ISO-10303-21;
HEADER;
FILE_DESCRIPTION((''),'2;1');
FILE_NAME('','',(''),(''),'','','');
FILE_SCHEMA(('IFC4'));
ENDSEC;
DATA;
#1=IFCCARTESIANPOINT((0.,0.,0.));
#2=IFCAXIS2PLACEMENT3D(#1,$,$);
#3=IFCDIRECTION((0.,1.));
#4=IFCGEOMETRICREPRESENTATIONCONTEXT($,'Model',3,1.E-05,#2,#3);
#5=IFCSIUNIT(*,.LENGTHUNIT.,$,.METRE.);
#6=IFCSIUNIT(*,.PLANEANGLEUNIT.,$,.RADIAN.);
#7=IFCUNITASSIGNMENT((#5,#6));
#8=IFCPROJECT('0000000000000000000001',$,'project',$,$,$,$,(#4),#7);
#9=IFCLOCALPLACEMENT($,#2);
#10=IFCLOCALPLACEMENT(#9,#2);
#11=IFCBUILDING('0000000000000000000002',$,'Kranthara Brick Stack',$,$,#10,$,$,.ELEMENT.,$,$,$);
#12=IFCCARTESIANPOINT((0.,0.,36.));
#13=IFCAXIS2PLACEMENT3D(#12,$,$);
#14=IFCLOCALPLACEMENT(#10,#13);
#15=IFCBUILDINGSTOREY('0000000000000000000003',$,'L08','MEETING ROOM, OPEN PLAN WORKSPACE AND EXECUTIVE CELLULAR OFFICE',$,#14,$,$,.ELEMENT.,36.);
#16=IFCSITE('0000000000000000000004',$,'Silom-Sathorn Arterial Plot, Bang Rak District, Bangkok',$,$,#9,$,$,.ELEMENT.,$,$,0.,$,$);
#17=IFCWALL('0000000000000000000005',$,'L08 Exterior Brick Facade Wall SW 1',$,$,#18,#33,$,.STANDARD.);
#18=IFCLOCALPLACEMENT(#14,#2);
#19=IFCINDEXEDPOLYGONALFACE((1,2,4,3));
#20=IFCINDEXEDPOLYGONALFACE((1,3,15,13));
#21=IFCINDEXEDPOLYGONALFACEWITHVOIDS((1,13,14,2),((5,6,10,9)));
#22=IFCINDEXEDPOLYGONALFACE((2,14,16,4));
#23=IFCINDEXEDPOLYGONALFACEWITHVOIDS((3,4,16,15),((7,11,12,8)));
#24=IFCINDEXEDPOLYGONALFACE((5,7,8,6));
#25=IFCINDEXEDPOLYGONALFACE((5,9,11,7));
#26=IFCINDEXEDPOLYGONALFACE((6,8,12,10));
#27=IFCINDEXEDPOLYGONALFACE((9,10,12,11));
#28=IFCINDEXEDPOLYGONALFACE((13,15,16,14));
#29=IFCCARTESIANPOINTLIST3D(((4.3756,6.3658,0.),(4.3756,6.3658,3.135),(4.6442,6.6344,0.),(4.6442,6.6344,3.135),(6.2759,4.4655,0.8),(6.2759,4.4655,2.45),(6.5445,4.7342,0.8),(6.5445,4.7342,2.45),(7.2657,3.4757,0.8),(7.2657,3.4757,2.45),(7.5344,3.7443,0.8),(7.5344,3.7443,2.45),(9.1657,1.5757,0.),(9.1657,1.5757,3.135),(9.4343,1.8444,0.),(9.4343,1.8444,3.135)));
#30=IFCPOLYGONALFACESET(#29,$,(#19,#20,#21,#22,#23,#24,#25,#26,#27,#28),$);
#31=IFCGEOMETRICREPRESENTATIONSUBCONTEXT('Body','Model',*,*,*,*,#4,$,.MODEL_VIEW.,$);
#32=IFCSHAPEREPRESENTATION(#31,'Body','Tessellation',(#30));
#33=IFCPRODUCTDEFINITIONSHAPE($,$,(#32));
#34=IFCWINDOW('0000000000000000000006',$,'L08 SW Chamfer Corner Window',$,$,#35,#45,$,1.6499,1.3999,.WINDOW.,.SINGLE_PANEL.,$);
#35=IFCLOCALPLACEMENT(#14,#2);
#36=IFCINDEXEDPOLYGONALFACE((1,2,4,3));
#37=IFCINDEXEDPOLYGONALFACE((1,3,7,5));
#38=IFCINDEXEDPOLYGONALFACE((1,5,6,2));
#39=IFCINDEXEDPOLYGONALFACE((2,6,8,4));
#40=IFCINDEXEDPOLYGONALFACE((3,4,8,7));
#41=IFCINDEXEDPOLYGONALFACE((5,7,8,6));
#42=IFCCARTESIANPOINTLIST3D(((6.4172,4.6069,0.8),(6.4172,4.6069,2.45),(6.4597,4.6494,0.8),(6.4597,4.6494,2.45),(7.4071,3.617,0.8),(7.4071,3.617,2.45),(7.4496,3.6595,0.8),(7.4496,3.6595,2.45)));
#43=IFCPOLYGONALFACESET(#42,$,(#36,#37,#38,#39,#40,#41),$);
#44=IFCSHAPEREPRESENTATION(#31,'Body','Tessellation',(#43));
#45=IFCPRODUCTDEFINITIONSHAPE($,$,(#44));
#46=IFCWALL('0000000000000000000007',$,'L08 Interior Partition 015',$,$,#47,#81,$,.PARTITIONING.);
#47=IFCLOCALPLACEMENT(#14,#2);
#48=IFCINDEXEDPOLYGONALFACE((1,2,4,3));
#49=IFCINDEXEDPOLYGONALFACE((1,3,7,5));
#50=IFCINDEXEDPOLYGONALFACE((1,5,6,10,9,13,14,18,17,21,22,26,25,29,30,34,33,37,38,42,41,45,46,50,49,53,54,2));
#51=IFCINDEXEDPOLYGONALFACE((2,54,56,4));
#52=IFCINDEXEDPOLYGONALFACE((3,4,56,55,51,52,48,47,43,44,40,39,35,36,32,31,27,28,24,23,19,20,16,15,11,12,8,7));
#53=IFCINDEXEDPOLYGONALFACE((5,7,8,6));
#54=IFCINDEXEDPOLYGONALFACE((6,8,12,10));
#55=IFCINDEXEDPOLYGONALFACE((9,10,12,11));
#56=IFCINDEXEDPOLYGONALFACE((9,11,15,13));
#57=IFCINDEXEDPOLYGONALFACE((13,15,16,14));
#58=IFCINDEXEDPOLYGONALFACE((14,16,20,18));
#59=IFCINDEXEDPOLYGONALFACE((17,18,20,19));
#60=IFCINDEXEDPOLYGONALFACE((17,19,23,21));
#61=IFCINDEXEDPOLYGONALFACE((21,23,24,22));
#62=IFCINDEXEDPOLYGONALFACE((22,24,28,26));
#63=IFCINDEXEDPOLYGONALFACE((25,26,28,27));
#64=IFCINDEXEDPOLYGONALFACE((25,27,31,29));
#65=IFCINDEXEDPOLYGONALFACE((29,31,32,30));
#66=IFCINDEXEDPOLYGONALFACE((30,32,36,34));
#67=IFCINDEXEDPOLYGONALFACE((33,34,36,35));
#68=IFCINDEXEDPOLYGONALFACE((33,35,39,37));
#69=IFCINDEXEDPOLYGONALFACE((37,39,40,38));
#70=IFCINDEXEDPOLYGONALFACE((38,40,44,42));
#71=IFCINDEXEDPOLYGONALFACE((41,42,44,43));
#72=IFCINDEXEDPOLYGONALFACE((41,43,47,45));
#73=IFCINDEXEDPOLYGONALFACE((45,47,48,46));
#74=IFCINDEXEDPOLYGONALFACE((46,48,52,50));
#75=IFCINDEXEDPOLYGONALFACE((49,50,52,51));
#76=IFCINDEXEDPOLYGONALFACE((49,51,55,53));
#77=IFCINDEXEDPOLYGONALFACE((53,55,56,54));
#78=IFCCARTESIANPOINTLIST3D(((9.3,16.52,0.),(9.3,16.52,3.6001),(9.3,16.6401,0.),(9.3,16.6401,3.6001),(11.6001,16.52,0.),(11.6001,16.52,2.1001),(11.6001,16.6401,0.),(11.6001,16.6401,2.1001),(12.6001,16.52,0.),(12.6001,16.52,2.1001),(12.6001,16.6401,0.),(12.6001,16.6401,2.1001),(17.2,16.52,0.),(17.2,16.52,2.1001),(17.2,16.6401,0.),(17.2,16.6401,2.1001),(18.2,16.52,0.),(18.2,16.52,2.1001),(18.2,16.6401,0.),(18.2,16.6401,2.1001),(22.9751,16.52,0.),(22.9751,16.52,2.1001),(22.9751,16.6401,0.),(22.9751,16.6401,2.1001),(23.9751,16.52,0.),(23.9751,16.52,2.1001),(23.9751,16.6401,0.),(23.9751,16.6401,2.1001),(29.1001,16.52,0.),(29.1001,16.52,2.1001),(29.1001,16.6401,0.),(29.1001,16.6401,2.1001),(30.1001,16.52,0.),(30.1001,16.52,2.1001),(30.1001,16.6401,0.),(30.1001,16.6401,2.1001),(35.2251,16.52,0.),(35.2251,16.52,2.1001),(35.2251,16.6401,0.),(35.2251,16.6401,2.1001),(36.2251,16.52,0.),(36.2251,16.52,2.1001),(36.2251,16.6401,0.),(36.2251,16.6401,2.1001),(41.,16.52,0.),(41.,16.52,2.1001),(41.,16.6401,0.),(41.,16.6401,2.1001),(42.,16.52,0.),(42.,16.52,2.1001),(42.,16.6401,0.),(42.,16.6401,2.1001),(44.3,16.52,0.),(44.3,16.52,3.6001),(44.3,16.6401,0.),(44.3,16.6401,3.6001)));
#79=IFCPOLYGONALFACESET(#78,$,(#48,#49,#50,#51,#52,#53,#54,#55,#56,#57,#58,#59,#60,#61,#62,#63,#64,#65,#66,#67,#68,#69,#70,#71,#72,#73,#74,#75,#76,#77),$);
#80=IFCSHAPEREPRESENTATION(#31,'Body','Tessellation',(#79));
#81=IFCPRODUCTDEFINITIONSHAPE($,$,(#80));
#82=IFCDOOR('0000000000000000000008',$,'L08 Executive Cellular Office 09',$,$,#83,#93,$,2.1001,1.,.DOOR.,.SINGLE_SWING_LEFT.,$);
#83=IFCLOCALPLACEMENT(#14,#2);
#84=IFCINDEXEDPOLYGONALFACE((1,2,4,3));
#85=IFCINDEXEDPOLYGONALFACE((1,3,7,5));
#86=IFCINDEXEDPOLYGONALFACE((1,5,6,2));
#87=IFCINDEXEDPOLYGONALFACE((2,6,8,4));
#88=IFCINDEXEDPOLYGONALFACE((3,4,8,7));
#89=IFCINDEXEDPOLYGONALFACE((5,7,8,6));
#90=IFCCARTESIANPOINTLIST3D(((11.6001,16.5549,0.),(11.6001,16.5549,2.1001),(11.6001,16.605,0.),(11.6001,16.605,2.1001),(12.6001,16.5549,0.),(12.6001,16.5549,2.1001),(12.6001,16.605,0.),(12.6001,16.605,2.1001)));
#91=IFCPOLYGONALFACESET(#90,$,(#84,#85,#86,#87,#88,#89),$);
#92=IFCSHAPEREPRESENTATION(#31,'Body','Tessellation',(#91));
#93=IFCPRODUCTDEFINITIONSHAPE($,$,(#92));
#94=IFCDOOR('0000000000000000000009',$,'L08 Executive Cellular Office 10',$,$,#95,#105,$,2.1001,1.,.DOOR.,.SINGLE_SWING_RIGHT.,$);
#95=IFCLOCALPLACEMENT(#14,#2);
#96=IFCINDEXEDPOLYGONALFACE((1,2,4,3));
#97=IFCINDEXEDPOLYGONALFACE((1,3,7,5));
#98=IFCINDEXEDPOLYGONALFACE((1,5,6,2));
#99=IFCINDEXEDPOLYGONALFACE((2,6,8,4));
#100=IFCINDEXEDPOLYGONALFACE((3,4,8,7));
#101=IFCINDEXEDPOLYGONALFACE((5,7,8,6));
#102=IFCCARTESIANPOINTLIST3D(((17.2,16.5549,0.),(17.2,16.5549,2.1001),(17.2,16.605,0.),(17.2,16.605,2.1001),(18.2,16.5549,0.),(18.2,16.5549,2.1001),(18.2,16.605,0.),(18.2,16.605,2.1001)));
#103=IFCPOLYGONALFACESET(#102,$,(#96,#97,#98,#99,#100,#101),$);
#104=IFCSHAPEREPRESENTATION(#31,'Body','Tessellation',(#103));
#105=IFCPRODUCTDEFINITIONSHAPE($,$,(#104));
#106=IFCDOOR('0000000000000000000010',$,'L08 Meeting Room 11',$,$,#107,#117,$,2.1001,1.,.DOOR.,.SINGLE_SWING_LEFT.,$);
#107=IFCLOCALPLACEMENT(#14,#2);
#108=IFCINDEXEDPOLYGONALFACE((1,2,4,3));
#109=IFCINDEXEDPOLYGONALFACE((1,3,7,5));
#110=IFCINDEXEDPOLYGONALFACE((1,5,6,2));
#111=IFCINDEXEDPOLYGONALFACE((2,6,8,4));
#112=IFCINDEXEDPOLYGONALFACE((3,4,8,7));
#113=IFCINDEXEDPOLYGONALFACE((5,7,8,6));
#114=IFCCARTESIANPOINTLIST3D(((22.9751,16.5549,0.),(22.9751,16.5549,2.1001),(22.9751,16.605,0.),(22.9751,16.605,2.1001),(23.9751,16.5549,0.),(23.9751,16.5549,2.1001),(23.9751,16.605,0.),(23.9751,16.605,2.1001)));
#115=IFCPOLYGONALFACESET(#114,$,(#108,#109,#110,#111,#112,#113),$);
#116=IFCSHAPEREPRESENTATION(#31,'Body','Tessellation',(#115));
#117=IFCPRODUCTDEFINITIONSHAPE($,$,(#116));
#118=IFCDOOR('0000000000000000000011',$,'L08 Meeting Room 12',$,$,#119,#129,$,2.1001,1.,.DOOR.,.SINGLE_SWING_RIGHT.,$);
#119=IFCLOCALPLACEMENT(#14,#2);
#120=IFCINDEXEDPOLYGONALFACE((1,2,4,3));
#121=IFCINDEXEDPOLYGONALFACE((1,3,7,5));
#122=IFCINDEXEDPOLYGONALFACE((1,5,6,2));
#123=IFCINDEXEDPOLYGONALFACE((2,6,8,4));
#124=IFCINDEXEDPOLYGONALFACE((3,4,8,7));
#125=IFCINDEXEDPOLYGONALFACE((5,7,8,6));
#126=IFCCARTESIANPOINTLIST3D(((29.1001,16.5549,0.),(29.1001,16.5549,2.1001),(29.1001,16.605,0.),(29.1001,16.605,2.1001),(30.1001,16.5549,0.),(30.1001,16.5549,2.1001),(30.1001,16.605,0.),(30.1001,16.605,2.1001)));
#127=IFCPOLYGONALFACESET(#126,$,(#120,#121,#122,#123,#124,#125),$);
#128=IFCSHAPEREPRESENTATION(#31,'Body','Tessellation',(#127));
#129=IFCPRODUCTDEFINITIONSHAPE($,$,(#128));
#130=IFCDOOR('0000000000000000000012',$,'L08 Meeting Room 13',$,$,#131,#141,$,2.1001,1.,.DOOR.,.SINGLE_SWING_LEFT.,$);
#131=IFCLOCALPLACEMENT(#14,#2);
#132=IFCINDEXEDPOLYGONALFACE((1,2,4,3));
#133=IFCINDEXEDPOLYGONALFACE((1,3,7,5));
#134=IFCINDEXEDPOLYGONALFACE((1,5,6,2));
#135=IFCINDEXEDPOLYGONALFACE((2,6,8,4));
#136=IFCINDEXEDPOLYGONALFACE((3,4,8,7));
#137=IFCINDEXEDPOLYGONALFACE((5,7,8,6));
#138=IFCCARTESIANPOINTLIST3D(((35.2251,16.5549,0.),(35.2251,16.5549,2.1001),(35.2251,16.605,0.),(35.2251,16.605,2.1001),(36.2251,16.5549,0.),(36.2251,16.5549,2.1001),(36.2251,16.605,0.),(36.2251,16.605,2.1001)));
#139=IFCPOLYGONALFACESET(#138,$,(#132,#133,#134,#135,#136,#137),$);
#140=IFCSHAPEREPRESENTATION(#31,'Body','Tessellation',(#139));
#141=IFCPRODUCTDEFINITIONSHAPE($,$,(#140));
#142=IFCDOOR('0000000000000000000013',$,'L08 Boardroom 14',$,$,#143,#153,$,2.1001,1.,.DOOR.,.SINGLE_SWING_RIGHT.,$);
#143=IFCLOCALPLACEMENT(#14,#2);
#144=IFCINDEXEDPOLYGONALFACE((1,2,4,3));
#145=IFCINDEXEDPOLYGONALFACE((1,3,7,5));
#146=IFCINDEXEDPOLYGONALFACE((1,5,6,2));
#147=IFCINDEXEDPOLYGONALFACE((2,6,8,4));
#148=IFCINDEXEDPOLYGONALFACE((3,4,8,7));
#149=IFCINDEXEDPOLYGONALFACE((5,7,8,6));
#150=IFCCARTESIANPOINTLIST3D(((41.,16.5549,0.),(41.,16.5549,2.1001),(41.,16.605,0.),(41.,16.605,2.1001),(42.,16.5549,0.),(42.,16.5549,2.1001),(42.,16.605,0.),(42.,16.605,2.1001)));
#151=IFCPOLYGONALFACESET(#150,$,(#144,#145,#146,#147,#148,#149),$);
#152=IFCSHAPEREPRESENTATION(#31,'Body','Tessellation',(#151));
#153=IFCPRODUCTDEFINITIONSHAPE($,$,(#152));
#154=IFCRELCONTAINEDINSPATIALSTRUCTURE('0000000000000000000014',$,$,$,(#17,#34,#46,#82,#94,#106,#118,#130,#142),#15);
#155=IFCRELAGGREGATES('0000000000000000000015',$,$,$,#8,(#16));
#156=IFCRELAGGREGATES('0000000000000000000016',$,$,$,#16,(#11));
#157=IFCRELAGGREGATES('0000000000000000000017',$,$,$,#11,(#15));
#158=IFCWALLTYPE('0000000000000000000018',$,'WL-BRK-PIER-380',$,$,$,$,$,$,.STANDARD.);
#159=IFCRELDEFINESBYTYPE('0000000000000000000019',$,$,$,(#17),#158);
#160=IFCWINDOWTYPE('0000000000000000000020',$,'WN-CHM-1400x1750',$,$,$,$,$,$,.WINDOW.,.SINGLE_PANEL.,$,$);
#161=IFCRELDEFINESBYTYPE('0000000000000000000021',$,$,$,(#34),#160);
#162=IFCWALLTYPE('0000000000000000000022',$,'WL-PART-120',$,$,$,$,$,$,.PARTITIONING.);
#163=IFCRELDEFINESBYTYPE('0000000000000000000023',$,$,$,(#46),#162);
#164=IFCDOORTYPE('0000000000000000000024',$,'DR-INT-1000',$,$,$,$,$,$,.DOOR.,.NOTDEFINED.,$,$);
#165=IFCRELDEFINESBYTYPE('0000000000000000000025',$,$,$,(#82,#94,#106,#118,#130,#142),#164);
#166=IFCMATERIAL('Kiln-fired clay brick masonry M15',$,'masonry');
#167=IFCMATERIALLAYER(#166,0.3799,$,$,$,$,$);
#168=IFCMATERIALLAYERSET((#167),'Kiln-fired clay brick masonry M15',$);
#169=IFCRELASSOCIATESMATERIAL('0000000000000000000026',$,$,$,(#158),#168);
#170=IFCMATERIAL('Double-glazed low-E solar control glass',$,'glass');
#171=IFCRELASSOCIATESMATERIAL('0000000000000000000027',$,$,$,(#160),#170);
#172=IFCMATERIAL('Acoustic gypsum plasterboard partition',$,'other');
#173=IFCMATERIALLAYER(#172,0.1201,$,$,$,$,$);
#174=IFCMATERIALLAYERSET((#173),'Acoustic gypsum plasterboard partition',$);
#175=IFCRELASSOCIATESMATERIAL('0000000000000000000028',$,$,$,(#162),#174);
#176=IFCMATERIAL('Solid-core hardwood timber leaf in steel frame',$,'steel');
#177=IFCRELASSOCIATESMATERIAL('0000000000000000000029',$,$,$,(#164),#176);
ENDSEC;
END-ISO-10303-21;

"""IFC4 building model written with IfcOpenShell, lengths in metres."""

from ifc_helpers import new_model, si_unit, direction, frame, frame_2d, origin, place, context, subcontext, project, spatial, rectangle, extrude, material, layer, layer_set, type_object, element, fill, save


model = new_model("IFC4")

# Units and contexts
model_context = context("Model", 3, precision=1e-05, world=origin(), true_north=direction((0.0, 1.0)))
body_context = subcontext(model_context, "Body", "Model", "MODEL_VIEW")
ifc_project = project(units=[si_unit("LENGTHUNIT", "METRE"), si_unit("PLANEANGLEUNIT", "RADIAN")], contexts=[model_context])

# Site, building, storey
site_placement = place(None, origin())
site = spatial("IfcSite", under=ifc_project, at=site_placement, Name="Silom-Sathorn Arterial Plot, Bang Rak District, Bangkok", CompositionType="ELEMENT", RefElevation=0.0)
building_placement = place(site_placement, origin())
building = spatial("IfcBuilding", under=site, at=building_placement, Name="Kranthara Brick Stack", CompositionType="ELEMENT")
storey_placement = place(building_placement, frame((0.0, 0.0, 36.0)))
storey = spatial("IfcBuildingStorey", under=building, at=storey_placement, Name="L08", Description="MEETING ROOM, OPEN PLAN WORKSPACE AND EXECUTIVE CELLULAR OFFICE", CompositionType="ELEMENT", Elevation=36.0)

# Wall, opening, window
ifc_material_1 = material(Name="Kiln-fired clay brick masonry M15", Category="masonry")
ifc_layer_1 = layer(ifc_material_1, 0.3799)
ifc_layer_set_1 = layer_set([ifc_layer_1], Name="Kiln-fired clay brick masonry M15")
wall_type_1 = type_object("IfcWallType", Name="WL-BRK-PIER-380", PredefinedType="STANDARD", material=ifc_layer_set_1)
wall_1_placement = place(storey_placement, frame((9.3, 1.71, 0.0), z_axis=(0.0, 0.0, 1.0), x_axis=(-0.707107, 0.707107, 0.0)))
wall_1 = element("IfcWall", 1, at=wall_1_placement, inside=storey, type_object=wall_type_1, Name="L08 Exterior Brick Facade Wall SW 1", PredefinedType="STANDARD", context=body_context, shape_type="SweptSolid", body=[
    extrude(rectangle(XDim=6.7742, YDim=0.3799, at=frame_2d((3.3872, 0.0))), origin(), (0.0, 0.0, 1.0), 3.135),
])
opening_1_placement = place(wall_1_placement, frame((2.687, 0.0, 0.8)))
opening_1 = element("IfcOpeningElement", 2, at=opening_1_placement, cuts=wall_1, PredefinedType="OPENING", context=body_context, shape_type="SweptSolid", body=[
    extrude(rectangle(XDim=1.3999, YDim=1.6499, at=frame_2d((0.7, 0.825))), frame((0.0, 0.2, 0.0), z_axis=(0.0, -1.0, 0.0), x_axis=(1.0, 0.0, 0.0)), (0.0, 0.0, 1.0), 0.3999),
])
ifc_material_2 = material(Name="Double-glazed low-E solar control glass", Category="glass")
window_type = type_object("IfcWindowType", Name="WN-CHM-1400x1750", PartitioningType="SINGLE_PANEL", PredefinedType="WINDOW", material=ifc_material_2)
window_placement = place(opening_1_placement, origin())
window = element("IfcWindow", 3, at=window_placement, inside=storey, type_object=window_type, Name="L08 SW Chamfer Corner Window", OverallHeight=1.6499, OverallWidth=1.3999, PartitioningType="SINGLE_PANEL", PredefinedType="WINDOW", context=body_context, shape_type="SweptSolid", body=[
    extrude(rectangle(XDim=1.3999, YDim=1.6499, at=frame_2d((0.7, 0.825))), frame((0.0, -0.01, 0.0), z_axis=(0.0, -1.0, 0.0), x_axis=(1.0, 0.0, 0.0)), (0.0, 0.0, 1.0), 0.0601),
])
fill(opening_1, window)

# Wall, openings, doors
ifc_material_3 = material(Name="Acoustic gypsum plasterboard partition", Category="other")
ifc_layer_2 = layer(ifc_material_3, 0.1201)
ifc_layer_set_2 = layer_set([ifc_layer_2], Name="Acoustic gypsum plasterboard partition")
wall_type_2 = type_object("IfcWallType", Name="WL-PART-120", PredefinedType="PARTITIONING", material=ifc_layer_set_2)
wall_2_placement = place(storey_placement, frame((9.3, 16.5801, 0.0), z_axis=(0.0, 0.0, 1.0), x_axis=(1.0, 0.0, 0.0)))
wall_2 = element("IfcWall", 4, at=wall_2_placement, inside=storey, type_object=wall_type_2, Name="L08 Interior Partition 015", PredefinedType="PARTITIONING", context=body_context, shape_type="SweptSolid", body=[
    extrude(rectangle(XDim=35.0, YDim=0.1201, at=frame_2d((17.5, 0.0))), origin(), (0.0, 0.0, 1.0), 3.6001),
])
opening_2_placement = place(wall_2_placement, frame((2.3, 0.0, 0.0)))
opening_2 = element("IfcOpeningElement", 5, at=opening_2_placement, cuts=wall_2, PredefinedType="OPENING", context=body_context, shape_type="SweptSolid", body=[
    extrude(rectangle(XDim=1.0, YDim=2.1001, at=frame_2d((0.5, 1.05))), frame((0.0, 0.0701, 0.0), z_axis=(0.0, -1.0, 0.0), x_axis=(1.0, 0.0, 0.0)), (0.0, 0.0, 1.0), 0.1401),
])
opening_3_placement = place(wall_2_placement, frame((7.8999, 0.0, 0.0)))
opening_3 = element("IfcOpeningElement", 6, at=opening_3_placement, cuts=wall_2, PredefinedType="OPENING", context=body_context, shape_type="SweptSolid", body=[
    extrude(rectangle(XDim=1.0, YDim=2.1001, at=frame_2d((0.5, 1.05))), frame((0.0, 0.0701, 0.0), z_axis=(0.0, -1.0, 0.0), x_axis=(1.0, 0.0, 0.0)), (0.0, 0.0, 1.0), 0.1401),
])
opening_4_placement = place(wall_2_placement, frame((13.675, 0.0, 0.0)))
opening_4 = element("IfcOpeningElement", 7, at=opening_4_placement, cuts=wall_2, PredefinedType="OPENING", context=body_context, shape_type="SweptSolid", body=[
    extrude(rectangle(XDim=1.0, YDim=2.1001, at=frame_2d((0.5, 1.05))), frame((0.0, 0.0701, 0.0), z_axis=(0.0, -1.0, 0.0), x_axis=(1.0, 0.0, 0.0)), (0.0, 0.0, 1.0), 0.1401),
])
opening_5_placement = place(wall_2_placement, frame((19.8, 0.0, 0.0)))
opening_5 = element("IfcOpeningElement", 8, at=opening_5_placement, cuts=wall_2, PredefinedType="OPENING", context=body_context, shape_type="SweptSolid", body=[
    extrude(rectangle(XDim=1.0, YDim=2.1001, at=frame_2d((0.5, 1.05))), frame((0.0, 0.0701, 0.0), z_axis=(0.0, -1.0, 0.0), x_axis=(1.0, 0.0, 0.0)), (0.0, 0.0, 1.0), 0.1401),
])
opening_6_placement = place(wall_2_placement, frame((25.925, 0.0, 0.0)))
opening_6 = element("IfcOpeningElement", 9, at=opening_6_placement, cuts=wall_2, PredefinedType="OPENING", context=body_context, shape_type="SweptSolid", body=[
    extrude(rectangle(XDim=1.0, YDim=2.1001, at=frame_2d((0.5, 1.05))), frame((0.0, 0.0701, 0.0), z_axis=(0.0, -1.0, 0.0), x_axis=(1.0, 0.0, 0.0)), (0.0, 0.0, 1.0), 0.1401),
])
opening_7_placement = place(wall_2_placement, frame((31.7, 0.0, 0.0)))
opening_7 = element("IfcOpeningElement", 10, at=opening_7_placement, cuts=wall_2, PredefinedType="OPENING", context=body_context, shape_type="SweptSolid", body=[
    extrude(rectangle(XDim=1.0, YDim=2.1001, at=frame_2d((0.5, 1.05))), frame((0.0, 0.0701, 0.0), z_axis=(0.0, -1.0, 0.0), x_axis=(1.0, 0.0, 0.0)), (0.0, 0.0, 1.0), 0.1401),
])
ifc_material_4 = material(Name="Solid-core hardwood timber leaf in steel frame", Category="steel")
door_type = type_object("IfcDoorType", Name="DR-INT-1000", OperationType="NOTDEFINED", PredefinedType="DOOR", material=ifc_material_4)
door_1_placement = place(opening_2_placement, origin())
door_1 = element("IfcDoor", 11, at=door_1_placement, inside=storey, type_object=door_type, Name="L08 Executive Cellular Office 09", OperationType="SINGLE_SWING_LEFT", OverallHeight=2.1001, OverallWidth=1.0, PredefinedType="DOOR", context=body_context, shape_type="SweptSolid", body=[
    extrude(rectangle(XDim=1.0, YDim=2.1001, at=frame_2d((0.5, 1.05))), frame((0.0, 0.0249, 0.0), z_axis=(0.0, -1.0, 0.0), x_axis=(1.0, 0.0, 0.0)), (0.0, 0.0, 1.0), 0.05),
])
fill(opening_2, door_1)
door_2_placement = place(opening_3_placement, origin())
door_2 = element("IfcDoor", 12, at=door_2_placement, inside=storey, type_object=door_type, Name="L08 Executive Cellular Office 10", OperationType="SINGLE_SWING_RIGHT", OverallHeight=2.1001, OverallWidth=1.0, PredefinedType="DOOR", context=body_context, shape_type="SweptSolid", body=[
    extrude(rectangle(XDim=1.0, YDim=2.1001, at=frame_2d((0.5, 1.05))), frame((0.0, 0.0249, 0.0), z_axis=(0.0, -1.0, 0.0), x_axis=(1.0, 0.0, 0.0)), (0.0, 0.0, 1.0), 0.05),
])
fill(opening_3, door_2)
door_3_placement = place(opening_4_placement, origin())
door_3 = element("IfcDoor", 13, at=door_3_placement, inside=storey, type_object=door_type, Name="L08 Meeting Room 11", OperationType="SINGLE_SWING_LEFT", OverallHeight=2.1001, OverallWidth=1.0, PredefinedType="DOOR", context=body_context, shape_type="SweptSolid", body=[
    extrude(rectangle(XDim=1.0, YDim=2.1001, at=frame_2d((0.5, 1.05))), frame((0.0, 0.0249, 0.0), z_axis=(0.0, -1.0, 0.0), x_axis=(1.0, 0.0, 0.0)), (0.0, 0.0, 1.0), 0.05),
])
fill(opening_4, door_3)
door_4_placement = place(opening_5_placement, origin())
door_4 = element("IfcDoor", 14, at=door_4_placement, inside=storey, type_object=door_type, Name="L08 Meeting Room 12", OperationType="SINGLE_SWING_RIGHT", OverallHeight=2.1001, OverallWidth=1.0, PredefinedType="DOOR", context=body_context, shape_type="SweptSolid", body=[
    extrude(rectangle(XDim=1.0, YDim=2.1001, at=frame_2d((0.5, 1.05))), frame((0.0, 0.0249, 0.0), z_axis=(0.0, -1.0, 0.0), x_axis=(1.0, 0.0, 0.0)), (0.0, 0.0, 1.0), 0.05),
])
fill(opening_5, door_4)
door_5_placement = place(opening_6_placement, origin())
door_5 = element("IfcDoor", 15, at=door_5_placement, inside=storey, type_object=door_type, Name="L08 Meeting Room 13", OperationType="SINGLE_SWING_LEFT", OverallHeight=2.1001, OverallWidth=1.0, PredefinedType="DOOR", context=body_context, shape_type="SweptSolid", body=[
    extrude(rectangle(XDim=1.0, YDim=2.1001, at=frame_2d((0.5, 1.05))), frame((0.0, 0.0249, 0.0), z_axis=(0.0, -1.0, 0.0), x_axis=(1.0, 0.0, 0.0)), (0.0, 0.0, 1.0), 0.05),
])
fill(opening_6, door_5)
door_6_placement = place(opening_7_placement, origin())
door_6 = element("IfcDoor", 16, at=door_6_placement, inside=storey, type_object=door_type, Name="L08 Boardroom 14", OperationType="SINGLE_SWING_RIGHT", OverallHeight=2.1001, OverallWidth=1.0, PredefinedType="DOOR", context=body_context, shape_type="SweptSolid", body=[
    extrude(rectangle(XDim=1.0, YDim=2.1001, at=frame_2d((0.5, 1.05))), frame((0.0, 0.0249, 0.0), z_axis=(0.0, -1.0, 0.0), x_axis=(1.0, 0.0, 0.0)), (0.0, 0.0, 1.0), 0.05),
])
fill(opening_7, door_6)

save(model, "model.ifc")
